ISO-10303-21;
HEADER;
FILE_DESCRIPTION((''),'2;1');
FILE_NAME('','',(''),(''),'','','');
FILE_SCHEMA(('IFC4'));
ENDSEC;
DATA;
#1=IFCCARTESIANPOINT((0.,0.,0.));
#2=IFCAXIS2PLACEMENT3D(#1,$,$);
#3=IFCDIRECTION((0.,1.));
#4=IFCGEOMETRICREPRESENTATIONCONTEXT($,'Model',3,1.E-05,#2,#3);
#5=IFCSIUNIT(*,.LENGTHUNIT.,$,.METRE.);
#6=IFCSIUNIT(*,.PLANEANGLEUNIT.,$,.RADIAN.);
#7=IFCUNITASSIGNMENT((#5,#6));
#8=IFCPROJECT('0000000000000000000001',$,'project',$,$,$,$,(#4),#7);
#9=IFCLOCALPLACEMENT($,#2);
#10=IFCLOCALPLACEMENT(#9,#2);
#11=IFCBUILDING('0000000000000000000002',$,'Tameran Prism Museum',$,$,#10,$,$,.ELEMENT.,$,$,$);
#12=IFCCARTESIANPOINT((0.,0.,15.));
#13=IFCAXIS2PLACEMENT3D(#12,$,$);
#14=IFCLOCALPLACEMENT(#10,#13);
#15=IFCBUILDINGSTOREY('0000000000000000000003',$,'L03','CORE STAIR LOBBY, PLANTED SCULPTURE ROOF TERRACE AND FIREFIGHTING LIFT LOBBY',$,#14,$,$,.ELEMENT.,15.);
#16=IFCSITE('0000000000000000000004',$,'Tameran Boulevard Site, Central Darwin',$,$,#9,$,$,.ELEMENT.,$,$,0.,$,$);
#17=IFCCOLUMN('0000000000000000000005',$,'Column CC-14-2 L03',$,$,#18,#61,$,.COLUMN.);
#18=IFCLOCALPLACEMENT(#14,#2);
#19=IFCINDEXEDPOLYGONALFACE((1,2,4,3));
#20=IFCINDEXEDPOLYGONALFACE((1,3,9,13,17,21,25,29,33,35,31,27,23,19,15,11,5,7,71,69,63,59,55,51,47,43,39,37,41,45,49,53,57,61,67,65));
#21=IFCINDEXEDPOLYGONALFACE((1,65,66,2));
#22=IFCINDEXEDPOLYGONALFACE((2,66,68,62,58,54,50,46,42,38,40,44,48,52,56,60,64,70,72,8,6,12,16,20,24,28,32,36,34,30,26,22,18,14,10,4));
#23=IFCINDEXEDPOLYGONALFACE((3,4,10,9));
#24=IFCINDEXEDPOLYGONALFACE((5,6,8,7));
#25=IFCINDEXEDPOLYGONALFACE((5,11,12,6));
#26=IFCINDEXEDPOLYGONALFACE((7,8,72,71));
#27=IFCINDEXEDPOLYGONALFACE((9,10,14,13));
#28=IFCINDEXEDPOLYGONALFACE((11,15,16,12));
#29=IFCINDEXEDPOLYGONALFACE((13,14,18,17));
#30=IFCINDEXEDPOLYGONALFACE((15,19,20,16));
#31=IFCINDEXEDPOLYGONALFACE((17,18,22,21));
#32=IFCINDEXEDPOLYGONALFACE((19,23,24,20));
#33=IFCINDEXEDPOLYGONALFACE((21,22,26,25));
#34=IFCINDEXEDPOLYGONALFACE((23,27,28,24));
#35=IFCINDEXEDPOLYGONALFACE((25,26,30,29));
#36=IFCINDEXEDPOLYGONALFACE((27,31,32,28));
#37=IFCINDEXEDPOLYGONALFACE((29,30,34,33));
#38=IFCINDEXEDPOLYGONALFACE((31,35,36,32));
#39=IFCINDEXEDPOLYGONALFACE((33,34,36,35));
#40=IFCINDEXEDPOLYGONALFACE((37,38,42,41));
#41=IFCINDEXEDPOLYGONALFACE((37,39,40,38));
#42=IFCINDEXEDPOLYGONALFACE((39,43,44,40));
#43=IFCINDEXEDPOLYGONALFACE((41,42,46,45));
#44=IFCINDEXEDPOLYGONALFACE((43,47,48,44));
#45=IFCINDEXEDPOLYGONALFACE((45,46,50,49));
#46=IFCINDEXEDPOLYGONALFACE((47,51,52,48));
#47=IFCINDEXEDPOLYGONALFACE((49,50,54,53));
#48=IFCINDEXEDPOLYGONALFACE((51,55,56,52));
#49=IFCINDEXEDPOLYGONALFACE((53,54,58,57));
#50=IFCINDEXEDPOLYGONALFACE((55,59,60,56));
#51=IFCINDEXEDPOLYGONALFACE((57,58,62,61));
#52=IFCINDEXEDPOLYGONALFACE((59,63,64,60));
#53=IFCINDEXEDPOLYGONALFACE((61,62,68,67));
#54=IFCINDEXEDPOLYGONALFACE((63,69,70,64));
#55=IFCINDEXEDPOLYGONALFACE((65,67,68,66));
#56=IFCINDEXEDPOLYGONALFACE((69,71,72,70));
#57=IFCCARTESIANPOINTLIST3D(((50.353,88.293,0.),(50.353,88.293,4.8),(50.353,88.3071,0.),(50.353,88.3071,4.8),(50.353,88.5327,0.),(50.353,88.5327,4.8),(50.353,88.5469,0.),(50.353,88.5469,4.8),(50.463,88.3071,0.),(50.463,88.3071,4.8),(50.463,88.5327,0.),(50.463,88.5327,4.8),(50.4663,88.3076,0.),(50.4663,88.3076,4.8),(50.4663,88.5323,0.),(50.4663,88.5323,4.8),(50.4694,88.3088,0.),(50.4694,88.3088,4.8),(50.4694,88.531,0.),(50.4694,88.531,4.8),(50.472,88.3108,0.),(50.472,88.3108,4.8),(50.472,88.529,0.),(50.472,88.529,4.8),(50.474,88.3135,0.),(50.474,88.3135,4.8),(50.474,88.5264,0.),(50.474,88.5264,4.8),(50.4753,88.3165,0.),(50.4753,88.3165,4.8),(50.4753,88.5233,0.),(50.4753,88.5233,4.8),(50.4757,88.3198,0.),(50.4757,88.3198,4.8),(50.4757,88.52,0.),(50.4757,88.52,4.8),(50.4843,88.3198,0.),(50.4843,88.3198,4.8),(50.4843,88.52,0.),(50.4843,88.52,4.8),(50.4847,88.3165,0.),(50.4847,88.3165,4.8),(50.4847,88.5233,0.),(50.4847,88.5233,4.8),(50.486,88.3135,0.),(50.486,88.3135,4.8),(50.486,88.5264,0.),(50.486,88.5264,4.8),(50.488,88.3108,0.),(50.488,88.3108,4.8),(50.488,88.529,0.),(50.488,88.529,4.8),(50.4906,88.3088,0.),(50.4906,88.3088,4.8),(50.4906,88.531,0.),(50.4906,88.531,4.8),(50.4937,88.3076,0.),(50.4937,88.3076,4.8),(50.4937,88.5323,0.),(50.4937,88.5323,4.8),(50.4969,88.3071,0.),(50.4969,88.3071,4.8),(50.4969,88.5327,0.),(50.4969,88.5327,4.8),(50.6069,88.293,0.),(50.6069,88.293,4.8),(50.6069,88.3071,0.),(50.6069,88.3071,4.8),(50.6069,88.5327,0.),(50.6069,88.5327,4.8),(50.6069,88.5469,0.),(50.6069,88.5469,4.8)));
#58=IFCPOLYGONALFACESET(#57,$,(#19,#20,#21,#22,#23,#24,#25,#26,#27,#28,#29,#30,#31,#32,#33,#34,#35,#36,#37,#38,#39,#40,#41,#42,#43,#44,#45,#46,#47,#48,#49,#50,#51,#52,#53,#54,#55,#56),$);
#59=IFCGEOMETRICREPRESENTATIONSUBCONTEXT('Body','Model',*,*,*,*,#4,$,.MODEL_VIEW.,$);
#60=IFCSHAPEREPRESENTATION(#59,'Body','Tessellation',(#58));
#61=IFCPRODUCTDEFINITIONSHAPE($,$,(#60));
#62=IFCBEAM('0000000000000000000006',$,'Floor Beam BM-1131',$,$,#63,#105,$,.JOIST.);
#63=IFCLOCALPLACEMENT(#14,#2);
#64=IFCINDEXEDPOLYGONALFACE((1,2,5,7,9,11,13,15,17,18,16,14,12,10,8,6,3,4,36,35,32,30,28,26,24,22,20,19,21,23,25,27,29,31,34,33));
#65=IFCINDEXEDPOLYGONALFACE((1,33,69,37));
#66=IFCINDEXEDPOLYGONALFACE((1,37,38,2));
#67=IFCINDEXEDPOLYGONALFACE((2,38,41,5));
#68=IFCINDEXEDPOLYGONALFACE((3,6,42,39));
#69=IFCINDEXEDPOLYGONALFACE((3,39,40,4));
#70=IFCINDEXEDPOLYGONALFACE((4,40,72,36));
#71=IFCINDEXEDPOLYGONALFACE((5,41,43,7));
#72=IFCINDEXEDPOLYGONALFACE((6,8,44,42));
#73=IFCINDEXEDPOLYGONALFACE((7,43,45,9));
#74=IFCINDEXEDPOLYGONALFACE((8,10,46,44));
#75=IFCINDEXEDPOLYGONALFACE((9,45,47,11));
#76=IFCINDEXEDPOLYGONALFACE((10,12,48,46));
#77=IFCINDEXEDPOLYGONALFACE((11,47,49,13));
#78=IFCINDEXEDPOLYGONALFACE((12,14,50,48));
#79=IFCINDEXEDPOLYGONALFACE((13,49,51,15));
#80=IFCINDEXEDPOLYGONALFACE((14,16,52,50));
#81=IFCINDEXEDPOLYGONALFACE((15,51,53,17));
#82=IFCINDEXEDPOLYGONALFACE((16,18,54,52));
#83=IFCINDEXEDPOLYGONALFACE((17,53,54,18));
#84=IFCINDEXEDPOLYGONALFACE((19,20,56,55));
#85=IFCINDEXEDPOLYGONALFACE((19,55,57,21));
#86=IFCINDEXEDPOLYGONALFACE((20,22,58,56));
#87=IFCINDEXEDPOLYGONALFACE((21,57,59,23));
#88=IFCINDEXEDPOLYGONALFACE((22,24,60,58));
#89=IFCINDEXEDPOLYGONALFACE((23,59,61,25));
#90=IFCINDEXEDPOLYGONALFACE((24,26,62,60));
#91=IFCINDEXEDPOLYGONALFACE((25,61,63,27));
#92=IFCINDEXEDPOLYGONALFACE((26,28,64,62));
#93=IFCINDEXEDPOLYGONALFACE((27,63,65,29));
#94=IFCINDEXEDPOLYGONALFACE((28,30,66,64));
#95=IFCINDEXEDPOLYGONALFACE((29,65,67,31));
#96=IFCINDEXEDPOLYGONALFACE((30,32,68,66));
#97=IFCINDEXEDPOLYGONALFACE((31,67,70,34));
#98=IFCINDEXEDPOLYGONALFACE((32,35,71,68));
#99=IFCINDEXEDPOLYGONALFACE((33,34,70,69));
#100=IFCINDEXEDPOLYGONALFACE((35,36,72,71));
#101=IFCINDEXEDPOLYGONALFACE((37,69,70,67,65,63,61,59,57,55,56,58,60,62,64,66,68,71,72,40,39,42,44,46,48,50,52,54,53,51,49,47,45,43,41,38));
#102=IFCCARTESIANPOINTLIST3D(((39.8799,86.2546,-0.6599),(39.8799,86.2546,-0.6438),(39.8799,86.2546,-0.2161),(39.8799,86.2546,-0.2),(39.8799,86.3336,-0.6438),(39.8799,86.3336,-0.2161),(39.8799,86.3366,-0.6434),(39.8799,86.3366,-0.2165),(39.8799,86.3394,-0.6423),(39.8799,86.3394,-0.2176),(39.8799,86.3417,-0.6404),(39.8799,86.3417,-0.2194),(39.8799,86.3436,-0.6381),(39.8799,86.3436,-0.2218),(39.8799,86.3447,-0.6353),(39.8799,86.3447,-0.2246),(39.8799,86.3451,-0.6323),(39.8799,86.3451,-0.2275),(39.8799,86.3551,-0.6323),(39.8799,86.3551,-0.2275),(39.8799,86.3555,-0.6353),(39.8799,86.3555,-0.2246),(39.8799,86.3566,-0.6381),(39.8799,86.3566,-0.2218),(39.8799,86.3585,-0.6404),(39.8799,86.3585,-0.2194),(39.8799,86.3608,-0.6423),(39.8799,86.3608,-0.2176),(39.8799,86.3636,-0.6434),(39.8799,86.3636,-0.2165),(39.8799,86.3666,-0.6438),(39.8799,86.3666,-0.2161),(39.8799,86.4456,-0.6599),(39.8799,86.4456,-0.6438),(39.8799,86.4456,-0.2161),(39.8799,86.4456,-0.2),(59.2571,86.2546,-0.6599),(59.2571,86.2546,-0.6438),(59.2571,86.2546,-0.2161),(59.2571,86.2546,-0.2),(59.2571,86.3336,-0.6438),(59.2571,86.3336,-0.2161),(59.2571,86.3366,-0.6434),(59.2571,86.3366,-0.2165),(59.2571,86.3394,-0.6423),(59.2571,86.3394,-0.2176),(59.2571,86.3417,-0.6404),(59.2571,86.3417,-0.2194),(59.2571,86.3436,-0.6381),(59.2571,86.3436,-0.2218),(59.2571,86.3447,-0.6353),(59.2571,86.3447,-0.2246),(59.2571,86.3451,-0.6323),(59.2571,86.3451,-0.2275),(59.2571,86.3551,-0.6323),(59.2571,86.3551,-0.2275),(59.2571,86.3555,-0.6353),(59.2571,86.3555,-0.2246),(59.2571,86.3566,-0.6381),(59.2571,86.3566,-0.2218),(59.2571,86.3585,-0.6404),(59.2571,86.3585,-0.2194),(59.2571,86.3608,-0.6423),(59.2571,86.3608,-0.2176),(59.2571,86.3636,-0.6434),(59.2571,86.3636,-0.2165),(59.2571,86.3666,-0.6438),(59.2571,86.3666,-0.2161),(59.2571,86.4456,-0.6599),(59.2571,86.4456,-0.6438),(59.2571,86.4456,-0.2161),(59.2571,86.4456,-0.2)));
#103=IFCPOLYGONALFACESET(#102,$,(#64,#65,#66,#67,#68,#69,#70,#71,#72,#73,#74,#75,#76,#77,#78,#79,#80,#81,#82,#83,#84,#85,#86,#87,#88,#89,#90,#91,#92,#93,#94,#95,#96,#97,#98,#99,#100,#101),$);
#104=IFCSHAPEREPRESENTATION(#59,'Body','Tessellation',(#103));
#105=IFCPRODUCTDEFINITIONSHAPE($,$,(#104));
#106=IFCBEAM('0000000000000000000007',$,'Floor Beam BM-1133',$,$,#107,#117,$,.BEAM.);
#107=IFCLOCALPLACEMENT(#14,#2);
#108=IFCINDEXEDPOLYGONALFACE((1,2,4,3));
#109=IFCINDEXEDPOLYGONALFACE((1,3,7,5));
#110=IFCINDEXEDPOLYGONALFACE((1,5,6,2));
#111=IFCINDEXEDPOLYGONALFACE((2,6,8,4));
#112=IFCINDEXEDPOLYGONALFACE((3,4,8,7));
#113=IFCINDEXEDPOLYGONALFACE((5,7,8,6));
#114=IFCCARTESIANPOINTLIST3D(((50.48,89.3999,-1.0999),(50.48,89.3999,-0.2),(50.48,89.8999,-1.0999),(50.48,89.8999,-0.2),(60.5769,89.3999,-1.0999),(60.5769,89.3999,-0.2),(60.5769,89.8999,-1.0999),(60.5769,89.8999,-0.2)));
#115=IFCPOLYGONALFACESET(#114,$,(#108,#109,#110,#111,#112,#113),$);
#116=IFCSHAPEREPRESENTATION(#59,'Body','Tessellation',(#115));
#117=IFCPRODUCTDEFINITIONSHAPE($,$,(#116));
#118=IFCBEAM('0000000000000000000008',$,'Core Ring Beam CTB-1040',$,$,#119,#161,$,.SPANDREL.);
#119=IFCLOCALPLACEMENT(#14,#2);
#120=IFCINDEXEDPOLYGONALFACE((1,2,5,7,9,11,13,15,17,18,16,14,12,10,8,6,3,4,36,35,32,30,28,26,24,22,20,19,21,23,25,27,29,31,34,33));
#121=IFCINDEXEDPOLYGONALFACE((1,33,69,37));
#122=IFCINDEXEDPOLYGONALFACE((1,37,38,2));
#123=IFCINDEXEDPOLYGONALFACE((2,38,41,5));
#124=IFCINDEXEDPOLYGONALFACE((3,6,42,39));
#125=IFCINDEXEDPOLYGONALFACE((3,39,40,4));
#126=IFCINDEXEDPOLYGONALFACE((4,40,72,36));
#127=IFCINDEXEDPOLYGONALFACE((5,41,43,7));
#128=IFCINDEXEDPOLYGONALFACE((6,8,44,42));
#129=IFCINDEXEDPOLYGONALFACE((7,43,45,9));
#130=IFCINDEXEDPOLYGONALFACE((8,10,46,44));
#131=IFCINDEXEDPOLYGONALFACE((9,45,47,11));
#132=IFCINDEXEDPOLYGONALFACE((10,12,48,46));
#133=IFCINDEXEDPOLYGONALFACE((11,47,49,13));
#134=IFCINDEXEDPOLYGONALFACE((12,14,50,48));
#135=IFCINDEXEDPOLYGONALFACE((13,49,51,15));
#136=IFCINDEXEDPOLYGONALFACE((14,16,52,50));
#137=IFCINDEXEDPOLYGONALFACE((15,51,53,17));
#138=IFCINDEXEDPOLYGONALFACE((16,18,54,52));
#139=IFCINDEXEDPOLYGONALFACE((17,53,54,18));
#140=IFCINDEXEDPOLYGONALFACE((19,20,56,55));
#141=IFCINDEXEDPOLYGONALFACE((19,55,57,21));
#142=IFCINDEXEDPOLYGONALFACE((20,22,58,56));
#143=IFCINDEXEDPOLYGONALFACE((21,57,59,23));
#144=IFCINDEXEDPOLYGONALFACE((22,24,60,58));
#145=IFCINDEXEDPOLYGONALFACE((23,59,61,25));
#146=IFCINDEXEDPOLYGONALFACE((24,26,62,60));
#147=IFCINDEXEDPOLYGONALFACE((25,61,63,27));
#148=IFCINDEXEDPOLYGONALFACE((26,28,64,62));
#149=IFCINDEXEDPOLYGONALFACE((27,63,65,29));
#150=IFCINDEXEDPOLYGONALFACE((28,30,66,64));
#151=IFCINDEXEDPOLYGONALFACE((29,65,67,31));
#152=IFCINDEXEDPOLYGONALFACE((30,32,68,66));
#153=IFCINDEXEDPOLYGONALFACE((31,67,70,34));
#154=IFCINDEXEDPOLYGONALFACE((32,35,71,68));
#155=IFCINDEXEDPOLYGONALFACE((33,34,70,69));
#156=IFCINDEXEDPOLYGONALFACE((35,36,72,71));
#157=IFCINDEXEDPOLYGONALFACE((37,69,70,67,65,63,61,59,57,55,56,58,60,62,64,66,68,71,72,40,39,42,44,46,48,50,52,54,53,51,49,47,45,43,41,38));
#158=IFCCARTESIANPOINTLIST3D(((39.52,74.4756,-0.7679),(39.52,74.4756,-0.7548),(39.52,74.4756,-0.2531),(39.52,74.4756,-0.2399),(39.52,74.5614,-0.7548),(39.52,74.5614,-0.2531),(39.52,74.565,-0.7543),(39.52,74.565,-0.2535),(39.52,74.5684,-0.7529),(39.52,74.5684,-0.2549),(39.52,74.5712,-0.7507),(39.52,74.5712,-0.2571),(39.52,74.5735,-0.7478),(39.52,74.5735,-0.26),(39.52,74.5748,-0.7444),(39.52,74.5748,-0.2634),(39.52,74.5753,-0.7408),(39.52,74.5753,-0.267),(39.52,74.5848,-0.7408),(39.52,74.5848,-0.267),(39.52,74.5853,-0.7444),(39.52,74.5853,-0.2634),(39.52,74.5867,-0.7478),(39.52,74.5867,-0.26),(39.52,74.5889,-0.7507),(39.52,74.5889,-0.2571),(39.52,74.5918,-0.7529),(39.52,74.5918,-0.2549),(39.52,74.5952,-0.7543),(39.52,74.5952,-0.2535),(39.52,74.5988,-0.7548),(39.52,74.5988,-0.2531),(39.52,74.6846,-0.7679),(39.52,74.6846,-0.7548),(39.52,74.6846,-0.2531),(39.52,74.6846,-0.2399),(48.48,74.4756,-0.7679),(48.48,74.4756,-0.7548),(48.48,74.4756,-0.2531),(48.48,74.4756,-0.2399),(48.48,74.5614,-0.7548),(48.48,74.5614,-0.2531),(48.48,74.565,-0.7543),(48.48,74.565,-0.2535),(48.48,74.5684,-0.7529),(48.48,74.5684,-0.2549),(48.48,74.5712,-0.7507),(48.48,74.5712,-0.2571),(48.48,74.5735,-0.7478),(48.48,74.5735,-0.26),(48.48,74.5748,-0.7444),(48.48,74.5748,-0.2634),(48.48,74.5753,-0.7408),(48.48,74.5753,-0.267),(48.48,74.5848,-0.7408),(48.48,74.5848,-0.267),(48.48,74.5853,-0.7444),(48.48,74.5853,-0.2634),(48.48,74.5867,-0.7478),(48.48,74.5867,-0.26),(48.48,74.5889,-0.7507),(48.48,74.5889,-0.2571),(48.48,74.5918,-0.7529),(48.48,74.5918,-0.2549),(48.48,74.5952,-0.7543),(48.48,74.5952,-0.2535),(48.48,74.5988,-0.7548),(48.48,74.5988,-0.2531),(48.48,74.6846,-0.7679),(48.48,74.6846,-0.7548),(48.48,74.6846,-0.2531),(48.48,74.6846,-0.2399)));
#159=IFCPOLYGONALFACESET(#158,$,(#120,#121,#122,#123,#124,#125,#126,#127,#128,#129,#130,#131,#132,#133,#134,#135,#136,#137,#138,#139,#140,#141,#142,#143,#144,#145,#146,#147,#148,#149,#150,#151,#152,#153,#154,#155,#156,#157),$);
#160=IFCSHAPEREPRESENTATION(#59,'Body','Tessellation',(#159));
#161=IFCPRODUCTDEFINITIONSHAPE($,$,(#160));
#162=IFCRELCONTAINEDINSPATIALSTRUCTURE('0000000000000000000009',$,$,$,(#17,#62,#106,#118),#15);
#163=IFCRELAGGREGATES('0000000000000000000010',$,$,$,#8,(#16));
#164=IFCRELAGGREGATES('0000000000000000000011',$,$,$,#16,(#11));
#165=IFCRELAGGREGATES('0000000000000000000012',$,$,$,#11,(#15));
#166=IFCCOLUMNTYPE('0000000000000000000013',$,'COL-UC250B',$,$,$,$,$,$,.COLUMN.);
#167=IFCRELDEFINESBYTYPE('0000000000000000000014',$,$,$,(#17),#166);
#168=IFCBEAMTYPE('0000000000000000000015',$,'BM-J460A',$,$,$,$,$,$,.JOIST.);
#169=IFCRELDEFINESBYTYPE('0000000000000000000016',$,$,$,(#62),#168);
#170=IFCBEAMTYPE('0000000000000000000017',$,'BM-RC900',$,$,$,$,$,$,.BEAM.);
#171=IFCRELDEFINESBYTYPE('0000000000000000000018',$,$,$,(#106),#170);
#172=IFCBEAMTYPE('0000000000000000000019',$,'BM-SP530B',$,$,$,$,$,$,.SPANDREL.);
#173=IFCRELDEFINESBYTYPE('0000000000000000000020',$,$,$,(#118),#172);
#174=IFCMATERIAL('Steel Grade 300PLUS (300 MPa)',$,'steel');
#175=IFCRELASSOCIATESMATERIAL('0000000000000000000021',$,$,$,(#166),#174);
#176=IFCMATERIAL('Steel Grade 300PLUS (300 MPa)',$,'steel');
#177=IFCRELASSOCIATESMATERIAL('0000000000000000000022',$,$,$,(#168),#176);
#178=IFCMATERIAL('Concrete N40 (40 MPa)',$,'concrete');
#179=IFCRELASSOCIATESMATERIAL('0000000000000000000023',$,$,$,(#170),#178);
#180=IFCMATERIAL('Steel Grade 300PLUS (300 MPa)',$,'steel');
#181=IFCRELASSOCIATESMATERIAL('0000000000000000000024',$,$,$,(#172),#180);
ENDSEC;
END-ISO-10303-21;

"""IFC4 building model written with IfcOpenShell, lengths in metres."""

from ifc_helpers import new_model, si_unit, direction, frame, origin, origin_2d, place, context, subcontext, project, spatial, rectangle, i_section, extrude, material, material_profile, profile_set, type_object, element, save


model = new_model("IFC4")

# Units and contexts
model_context = context("Model", 3, precision=1e-05, world=origin(), true_north=direction((0.0, 1.0)))
body_context = subcontext(model_context, "Body", "Model", "MODEL_VIEW")
ifc_project = project(units=[si_unit("LENGTHUNIT", "METRE"), si_unit("PLANEANGLEUNIT", "RADIAN")], contexts=[model_context])

# Site, building, storey
site_placement = place(None, origin())
site = spatial("IfcSite", under=ifc_project, at=site_placement, Name="Tameran Boulevard Site, Central Darwin", CompositionType="ELEMENT", RefElevation=0.0)
building_placement = place(site_placement, origin())
building = spatial("IfcBuilding", under=site, at=building_placement, Name="Tameran Prism Museum", CompositionType="ELEMENT")
storey_placement = place(building_placement, frame((0.0, 0.0, 15.0)))
storey = spatial("IfcBuildingStorey", under=building, at=storey_placement, Name="L03", Description="CORE STAIR LOBBY, PLANTED SCULPTURE ROOF TERRACE AND FIREFIGHTING LIFT LOBBY", CompositionType="ELEMENT", Elevation=15.0)

# Column
ifc_material_1 = material(Name="Steel Grade 300PLUS (300 MPa)", Category="steel")
ifc_material_profile_1 = material_profile(ifc_material_1, i_section(OverallWidth=0.2539, OverallDepth=0.2539, WebThickness=0.0085, FlangeThickness=0.0142, FilletRadius=0.0127, at=origin_2d()))
ifc_profile_set_1 = profile_set([ifc_material_profile_1])
column_type = type_object("IfcColumnType", Name="COL-UC250B", PredefinedType="COLUMN", material=ifc_profile_set_1)
for number, where, z_axis, x_axis, name in (
    (1, (50.48, 88.4199, 0.0), (0.0, 0.0, 1.0), (1.0, 0.0, 0.0), "Column CC-14-2 L03"),
):
    element("IfcColumn", number, at=place(storey_placement, frame(where, z_axis=z_axis, x_axis=x_axis)), inside=storey, type_object=column_type, Name=name, PredefinedType="COLUMN", context=body_context, shape_type="SweptSolid", body=[
        extrude(i_section(OverallWidth=0.2539, OverallDepth=0.2539, WebThickness=0.0085, FlangeThickness=0.0142, FilletRadius=0.0127, at=origin_2d()), origin(), (0.0, 0.0, 1.0), 4.8),
    ])

# Beams
ifc_material_2 = material(Name="Steel Grade 300PLUS (300 MPa)", Category="steel")
ifc_material_profile_2 = material_profile(ifc_material_2, i_section(OverallWidth=0.1909, OverallDepth=0.46, WebThickness=0.01, FlangeThickness=0.0161, FilletRadius=0.0115, at=origin_2d()))
ifc_profile_set_2 = profile_set([ifc_material_profile_2])
beam_type_1 = type_object("IfcBeamType", Name="BM-J460A", PredefinedType="JOIST", material=ifc_profile_set_2)
beam_1_placement = place(storey_placement, frame((39.8799, 86.3501, -0.4299), z_axis=(1.0, 0.0, 0.0), x_axis=(0.0, 1.0, 0.0)))
element("IfcBeam", 2, at=beam_1_placement, inside=storey, type_object=beam_type_1, Name="Floor Beam BM-1131", PredefinedType="JOIST", context=body_context, shape_type="SweptSolid", body=[
    extrude(i_section(OverallWidth=0.1909, OverallDepth=0.46, WebThickness=0.01, FlangeThickness=0.0161, FilletRadius=0.0115, at=origin_2d()), origin(), (0.0, 0.0, 1.0), 19.3772),
])
ifc_material_3 = material(Name="Concrete N40 (40 MPa)", Category="concrete")
ifc_material_profile_3 = material_profile(ifc_material_3, rectangle(XDim=0.5, YDim=0.8999, at=origin_2d()))
ifc_profile_set_3 = profile_set([ifc_material_profile_3])
beam_type_2 = type_object("IfcBeamType", Name="BM-RC900", PredefinedType="BEAM", material=ifc_profile_set_3)
beam_2_placement = place(storey_placement, frame((50.48, 89.6499, -0.6499), z_axis=(1.0, 0.0, 0.0), x_axis=(0.0, 1.0, 0.0)))
element("IfcBeam", 3, at=beam_2_placement, inside=storey, type_object=beam_type_2, Name="Floor Beam BM-1133", PredefinedType="BEAM", context=body_context, shape_type="SweptSolid", body=[
    extrude(rectangle(XDim=0.5, YDim=0.8999, at=origin_2d()), origin(), (0.0, 0.0, 1.0), 10.0969),
])
ifc_material_4 = material(Name="Steel Grade 300PLUS (300 MPa)", Category="steel")
ifc_material_profile_4 = material_profile(ifc_material_4, i_section(OverallWidth=0.209, OverallDepth=0.5281, WebThickness=0.0095, FlangeThickness=0.0132, FilletRadius=0.0139, at=origin_2d()))
ifc_profile_set_4 = profile_set([ifc_material_profile_4])
beam_type_3 = type_object("IfcBeamType", Name="BM-SP530B", PredefinedType="SPANDREL", material=ifc_profile_set_4)
for number, where, z_axis, x_axis, name in (
    (4, (48.48, 74.5801, -0.5039), (-1.0, 0.0, 0.0), (0.0, -1.0, 0.0), "Core Ring Beam CTB-1040"),
):
    element("IfcBeam", number, at=place(storey_placement, frame(where, z_axis=z_axis, x_axis=x_axis)), inside=storey, type_object=beam_type_3, Name=name, PredefinedType="SPANDREL", context=body_context, shape_type="SweptSolid", body=[
        extrude(i_section(OverallWidth=0.209, OverallDepth=0.5281, WebThickness=0.0095, FlangeThickness=0.0132, FilletRadius=0.0139, at=origin_2d()), origin(), (0.0, 0.0, 1.0), 8.96),
    ])

save(model, "model.ifc")
